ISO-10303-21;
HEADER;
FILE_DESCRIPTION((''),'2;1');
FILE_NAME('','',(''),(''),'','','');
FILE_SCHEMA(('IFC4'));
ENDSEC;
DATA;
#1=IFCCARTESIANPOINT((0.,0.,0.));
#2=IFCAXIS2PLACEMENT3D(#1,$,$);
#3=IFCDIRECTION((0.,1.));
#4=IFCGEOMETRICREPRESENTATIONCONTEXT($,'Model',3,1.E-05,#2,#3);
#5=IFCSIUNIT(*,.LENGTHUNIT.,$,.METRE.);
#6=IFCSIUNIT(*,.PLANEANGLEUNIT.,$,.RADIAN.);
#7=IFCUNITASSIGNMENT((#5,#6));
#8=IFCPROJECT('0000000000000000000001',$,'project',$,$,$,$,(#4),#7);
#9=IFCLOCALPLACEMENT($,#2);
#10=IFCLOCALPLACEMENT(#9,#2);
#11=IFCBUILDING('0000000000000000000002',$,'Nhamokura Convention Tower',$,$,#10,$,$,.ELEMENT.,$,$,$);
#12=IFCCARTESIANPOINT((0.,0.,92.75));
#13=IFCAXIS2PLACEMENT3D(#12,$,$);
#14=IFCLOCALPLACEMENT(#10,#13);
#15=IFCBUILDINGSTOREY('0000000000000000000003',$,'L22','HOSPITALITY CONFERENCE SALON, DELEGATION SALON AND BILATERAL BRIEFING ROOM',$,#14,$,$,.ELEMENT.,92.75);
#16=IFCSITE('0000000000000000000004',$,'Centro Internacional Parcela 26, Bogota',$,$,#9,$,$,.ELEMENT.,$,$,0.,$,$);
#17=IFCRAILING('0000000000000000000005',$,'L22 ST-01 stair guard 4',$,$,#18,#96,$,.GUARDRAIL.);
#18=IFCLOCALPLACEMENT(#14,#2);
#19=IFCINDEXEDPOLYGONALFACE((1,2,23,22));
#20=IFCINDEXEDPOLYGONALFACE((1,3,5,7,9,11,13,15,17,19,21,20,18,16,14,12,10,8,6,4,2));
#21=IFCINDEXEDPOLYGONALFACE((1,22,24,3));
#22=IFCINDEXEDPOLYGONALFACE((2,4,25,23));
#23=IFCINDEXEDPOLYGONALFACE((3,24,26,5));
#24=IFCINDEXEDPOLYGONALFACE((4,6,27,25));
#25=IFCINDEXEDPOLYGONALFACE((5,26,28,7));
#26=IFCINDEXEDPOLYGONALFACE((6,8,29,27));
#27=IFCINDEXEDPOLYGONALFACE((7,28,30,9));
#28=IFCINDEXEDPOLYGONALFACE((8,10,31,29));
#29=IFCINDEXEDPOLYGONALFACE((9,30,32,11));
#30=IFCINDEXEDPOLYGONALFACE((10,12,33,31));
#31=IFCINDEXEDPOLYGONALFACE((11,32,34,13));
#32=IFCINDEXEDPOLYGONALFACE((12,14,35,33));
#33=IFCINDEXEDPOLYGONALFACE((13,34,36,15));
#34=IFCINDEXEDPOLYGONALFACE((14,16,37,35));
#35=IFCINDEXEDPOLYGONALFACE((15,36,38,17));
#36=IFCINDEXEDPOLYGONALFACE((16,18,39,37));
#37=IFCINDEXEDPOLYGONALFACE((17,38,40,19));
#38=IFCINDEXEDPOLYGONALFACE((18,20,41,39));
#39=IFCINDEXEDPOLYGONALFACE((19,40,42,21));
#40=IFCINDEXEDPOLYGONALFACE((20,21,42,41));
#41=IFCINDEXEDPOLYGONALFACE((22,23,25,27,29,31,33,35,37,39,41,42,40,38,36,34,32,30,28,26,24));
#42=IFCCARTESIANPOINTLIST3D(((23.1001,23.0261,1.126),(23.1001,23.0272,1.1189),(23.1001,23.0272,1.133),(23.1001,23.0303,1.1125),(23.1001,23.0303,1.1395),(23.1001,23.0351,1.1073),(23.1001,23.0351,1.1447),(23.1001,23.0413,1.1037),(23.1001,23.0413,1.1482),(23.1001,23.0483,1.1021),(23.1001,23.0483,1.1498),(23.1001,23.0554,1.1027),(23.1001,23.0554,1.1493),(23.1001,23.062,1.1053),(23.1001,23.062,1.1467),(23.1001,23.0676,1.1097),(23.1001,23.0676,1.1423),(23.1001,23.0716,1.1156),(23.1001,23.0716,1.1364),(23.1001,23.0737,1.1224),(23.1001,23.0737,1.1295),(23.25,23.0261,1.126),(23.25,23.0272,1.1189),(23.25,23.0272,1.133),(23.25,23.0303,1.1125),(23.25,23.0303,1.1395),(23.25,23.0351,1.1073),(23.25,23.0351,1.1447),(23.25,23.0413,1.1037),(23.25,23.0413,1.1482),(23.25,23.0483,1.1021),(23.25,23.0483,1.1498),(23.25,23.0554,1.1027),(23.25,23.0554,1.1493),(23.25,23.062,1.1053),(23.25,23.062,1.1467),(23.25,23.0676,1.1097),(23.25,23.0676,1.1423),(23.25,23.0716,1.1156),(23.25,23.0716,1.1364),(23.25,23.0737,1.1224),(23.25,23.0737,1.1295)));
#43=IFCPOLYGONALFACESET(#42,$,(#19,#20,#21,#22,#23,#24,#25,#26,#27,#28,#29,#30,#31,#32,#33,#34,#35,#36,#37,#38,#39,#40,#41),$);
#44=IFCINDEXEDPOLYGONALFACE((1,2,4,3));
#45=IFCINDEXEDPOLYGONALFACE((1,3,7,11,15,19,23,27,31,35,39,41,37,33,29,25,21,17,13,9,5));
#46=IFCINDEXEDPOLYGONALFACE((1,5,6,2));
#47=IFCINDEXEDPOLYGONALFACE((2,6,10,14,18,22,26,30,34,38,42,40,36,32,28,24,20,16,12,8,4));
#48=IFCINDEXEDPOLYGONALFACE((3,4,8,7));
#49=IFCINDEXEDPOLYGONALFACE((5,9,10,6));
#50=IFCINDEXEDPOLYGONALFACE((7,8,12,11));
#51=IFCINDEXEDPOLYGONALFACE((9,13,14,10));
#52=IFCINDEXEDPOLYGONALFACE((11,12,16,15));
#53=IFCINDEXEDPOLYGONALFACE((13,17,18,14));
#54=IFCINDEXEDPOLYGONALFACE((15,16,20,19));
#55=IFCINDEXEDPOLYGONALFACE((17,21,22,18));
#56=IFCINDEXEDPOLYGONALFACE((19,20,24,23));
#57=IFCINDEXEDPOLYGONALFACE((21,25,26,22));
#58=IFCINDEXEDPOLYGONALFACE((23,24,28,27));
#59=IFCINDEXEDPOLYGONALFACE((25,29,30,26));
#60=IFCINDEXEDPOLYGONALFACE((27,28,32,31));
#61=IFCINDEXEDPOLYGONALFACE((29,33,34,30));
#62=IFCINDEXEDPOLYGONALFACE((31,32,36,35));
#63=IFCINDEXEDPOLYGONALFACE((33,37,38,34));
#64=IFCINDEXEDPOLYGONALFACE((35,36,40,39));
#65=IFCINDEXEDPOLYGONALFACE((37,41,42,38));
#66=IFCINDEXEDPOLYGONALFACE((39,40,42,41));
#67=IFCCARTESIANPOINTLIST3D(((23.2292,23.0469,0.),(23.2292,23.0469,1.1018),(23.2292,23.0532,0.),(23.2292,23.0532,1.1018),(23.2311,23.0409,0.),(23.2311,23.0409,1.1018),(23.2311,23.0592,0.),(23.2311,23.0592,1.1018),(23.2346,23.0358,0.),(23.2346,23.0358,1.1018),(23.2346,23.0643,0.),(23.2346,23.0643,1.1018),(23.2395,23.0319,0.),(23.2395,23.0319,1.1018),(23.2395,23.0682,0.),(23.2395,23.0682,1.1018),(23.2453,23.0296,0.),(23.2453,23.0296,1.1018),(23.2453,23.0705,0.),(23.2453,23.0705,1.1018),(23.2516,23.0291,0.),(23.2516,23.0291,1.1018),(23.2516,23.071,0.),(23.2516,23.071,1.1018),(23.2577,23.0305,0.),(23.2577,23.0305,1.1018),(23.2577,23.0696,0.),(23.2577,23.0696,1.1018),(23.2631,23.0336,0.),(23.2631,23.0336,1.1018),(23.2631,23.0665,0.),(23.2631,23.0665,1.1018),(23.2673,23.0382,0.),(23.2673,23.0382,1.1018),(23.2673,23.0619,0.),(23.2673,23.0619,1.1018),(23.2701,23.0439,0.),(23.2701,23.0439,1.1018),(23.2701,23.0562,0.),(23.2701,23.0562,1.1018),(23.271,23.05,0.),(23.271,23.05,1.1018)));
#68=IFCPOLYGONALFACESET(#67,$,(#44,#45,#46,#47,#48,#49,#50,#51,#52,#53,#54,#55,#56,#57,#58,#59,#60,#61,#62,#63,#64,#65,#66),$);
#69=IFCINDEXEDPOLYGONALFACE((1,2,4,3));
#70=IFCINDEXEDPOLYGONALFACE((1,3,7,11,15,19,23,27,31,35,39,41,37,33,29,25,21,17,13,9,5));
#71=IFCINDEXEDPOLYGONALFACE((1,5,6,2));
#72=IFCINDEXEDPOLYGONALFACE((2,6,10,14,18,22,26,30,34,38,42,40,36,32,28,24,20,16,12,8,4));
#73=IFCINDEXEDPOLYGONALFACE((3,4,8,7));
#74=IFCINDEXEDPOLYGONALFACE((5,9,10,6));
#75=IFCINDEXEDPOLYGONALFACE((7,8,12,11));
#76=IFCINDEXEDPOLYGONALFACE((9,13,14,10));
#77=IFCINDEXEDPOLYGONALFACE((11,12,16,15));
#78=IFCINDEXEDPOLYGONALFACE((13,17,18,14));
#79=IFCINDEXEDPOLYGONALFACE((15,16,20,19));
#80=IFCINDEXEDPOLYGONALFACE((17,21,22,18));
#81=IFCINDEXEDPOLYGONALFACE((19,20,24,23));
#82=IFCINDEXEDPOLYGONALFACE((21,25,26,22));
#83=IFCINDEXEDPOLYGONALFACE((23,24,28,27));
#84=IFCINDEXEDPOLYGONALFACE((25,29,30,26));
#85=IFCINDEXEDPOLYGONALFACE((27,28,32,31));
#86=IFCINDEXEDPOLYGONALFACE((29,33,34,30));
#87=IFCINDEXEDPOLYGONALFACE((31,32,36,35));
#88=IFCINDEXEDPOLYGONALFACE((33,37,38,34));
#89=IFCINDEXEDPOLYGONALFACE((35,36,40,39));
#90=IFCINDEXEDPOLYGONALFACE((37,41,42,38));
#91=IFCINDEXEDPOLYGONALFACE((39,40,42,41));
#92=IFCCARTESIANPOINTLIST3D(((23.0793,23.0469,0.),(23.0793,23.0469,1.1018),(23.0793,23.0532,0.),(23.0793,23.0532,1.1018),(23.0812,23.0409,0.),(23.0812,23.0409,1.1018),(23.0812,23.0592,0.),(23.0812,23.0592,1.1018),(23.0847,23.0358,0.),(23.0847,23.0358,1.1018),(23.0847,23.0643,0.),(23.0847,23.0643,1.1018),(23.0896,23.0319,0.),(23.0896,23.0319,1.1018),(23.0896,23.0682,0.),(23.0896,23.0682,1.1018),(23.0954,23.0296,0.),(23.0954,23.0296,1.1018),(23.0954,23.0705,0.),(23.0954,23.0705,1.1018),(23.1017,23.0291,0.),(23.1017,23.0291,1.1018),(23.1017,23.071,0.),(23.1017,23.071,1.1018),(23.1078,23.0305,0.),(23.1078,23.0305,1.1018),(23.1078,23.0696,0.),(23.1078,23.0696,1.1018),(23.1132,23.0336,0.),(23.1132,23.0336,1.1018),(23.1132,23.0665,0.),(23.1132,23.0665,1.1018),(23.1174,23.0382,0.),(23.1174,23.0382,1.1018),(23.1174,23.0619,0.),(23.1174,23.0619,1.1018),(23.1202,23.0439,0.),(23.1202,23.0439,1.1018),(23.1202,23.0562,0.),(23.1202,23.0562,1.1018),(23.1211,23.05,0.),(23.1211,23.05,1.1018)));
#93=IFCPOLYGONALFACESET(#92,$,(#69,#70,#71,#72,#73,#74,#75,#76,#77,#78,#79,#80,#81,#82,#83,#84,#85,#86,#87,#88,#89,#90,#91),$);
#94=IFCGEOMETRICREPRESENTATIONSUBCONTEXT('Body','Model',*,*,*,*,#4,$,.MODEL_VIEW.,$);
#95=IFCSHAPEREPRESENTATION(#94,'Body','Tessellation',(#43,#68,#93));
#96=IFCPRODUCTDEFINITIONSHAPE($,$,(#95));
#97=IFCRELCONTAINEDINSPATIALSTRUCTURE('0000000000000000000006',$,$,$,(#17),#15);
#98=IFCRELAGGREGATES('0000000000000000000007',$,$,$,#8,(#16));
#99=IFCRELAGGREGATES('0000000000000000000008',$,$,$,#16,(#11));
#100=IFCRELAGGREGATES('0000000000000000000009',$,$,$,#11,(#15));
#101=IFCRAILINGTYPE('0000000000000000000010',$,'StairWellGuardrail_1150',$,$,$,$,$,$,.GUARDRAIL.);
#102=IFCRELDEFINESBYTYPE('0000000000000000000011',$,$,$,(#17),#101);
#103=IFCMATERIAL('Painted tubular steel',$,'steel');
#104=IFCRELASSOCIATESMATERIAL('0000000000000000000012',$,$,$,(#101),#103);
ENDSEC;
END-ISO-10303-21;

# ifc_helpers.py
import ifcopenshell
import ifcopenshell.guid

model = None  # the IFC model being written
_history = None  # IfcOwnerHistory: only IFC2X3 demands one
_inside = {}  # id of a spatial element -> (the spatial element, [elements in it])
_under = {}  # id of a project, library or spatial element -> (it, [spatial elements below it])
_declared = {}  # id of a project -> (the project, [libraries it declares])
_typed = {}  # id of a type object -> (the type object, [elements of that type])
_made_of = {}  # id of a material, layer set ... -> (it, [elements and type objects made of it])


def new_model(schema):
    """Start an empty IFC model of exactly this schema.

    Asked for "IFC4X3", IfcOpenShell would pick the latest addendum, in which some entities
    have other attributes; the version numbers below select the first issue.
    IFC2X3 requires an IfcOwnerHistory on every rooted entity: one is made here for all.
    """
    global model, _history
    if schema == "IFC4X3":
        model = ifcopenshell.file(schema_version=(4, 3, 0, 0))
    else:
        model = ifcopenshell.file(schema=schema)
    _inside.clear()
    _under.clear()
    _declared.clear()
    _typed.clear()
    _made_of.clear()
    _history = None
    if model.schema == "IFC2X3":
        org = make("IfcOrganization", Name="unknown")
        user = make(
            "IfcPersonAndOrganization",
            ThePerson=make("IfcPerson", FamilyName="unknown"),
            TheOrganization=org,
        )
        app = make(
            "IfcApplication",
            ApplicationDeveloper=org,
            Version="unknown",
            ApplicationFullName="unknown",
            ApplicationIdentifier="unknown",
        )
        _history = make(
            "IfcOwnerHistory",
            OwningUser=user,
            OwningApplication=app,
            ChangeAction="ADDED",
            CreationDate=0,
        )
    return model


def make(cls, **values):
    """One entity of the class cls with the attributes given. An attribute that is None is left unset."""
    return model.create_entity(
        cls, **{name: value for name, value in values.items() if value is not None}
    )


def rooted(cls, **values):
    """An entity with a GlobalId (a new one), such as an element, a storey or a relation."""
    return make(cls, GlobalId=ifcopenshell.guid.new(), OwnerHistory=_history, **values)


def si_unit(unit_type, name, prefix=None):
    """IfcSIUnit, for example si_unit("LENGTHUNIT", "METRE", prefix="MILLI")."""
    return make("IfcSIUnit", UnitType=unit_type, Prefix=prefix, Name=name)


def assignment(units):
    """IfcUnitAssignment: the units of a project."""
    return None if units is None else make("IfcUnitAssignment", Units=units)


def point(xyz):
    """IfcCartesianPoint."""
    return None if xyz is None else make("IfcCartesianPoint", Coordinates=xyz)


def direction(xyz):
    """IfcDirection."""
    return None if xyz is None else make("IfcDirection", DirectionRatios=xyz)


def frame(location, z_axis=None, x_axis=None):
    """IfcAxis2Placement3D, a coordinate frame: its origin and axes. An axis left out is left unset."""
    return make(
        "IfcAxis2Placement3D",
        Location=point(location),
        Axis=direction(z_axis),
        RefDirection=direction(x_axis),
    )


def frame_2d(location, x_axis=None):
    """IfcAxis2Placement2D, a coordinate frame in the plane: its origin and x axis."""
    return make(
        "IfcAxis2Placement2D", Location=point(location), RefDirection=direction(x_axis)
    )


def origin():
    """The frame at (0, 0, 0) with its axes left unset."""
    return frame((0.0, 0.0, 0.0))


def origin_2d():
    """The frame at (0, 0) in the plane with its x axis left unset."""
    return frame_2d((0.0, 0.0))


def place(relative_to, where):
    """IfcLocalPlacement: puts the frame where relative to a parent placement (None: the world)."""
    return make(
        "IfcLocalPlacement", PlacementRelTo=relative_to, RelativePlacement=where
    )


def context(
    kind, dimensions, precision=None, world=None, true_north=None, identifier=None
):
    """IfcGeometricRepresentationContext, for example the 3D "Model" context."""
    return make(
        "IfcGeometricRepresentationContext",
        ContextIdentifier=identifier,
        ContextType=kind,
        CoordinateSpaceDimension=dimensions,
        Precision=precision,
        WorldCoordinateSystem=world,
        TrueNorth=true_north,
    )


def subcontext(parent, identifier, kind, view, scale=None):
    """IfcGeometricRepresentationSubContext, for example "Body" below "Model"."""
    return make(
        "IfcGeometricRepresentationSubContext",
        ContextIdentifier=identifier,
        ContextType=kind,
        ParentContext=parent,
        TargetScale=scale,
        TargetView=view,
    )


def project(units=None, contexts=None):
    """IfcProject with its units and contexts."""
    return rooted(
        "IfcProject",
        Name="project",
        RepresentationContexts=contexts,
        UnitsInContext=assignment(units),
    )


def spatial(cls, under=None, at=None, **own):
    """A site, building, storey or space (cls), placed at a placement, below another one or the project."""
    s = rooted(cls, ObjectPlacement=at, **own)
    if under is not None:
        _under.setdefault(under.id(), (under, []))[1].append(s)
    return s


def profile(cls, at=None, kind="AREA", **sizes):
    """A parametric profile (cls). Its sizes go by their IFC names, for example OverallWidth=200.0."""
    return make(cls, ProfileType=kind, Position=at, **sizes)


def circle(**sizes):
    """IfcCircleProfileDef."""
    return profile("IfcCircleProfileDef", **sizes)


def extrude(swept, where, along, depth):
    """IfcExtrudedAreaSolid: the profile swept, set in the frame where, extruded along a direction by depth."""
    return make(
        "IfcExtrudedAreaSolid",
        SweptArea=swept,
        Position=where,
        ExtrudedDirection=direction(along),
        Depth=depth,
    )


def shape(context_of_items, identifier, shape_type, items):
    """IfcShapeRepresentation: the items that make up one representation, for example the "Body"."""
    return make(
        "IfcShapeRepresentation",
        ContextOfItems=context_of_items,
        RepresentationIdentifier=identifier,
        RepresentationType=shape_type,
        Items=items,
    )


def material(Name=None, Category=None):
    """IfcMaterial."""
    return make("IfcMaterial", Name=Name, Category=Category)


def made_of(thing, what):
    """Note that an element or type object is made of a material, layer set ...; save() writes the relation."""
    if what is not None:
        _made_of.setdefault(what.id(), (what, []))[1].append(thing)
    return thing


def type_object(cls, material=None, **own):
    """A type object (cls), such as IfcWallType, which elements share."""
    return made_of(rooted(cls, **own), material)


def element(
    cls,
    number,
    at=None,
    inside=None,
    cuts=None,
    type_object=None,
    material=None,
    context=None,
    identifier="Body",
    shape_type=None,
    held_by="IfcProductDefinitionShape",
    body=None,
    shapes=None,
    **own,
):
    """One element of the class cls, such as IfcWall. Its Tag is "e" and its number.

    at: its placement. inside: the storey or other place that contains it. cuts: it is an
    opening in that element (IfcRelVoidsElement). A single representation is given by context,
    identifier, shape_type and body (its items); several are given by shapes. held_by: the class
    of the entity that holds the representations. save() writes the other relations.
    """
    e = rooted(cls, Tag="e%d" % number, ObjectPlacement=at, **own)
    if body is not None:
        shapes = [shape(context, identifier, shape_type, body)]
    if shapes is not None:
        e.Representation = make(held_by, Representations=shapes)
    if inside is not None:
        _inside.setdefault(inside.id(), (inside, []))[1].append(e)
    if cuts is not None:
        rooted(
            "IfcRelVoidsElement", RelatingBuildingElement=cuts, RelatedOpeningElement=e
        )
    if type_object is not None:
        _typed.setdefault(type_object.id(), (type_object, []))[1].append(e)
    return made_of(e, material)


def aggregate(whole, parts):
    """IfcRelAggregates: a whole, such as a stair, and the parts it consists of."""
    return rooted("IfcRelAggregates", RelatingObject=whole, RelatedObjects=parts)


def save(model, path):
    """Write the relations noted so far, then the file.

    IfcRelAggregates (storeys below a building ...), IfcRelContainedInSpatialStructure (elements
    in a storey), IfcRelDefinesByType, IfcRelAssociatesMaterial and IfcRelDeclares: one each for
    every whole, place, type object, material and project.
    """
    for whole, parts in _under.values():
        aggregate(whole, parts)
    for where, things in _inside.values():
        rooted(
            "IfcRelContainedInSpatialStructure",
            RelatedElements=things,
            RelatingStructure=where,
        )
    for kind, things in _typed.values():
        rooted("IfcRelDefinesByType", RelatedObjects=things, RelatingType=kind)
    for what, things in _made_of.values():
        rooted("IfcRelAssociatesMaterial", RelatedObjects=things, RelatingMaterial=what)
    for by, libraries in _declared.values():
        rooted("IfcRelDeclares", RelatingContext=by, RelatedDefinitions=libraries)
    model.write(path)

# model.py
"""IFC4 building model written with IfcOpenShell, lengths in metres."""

from ifc_helpers import new_model, si_unit, direction, frame, origin, origin_2d, place, context, subcontext, project, spatial, circle, extrude, material, type_object, element, save


model = new_model("IFC4")

# Units and contexts
model_context = context("Model", 3, precision=1e-05, world=origin(), true_north=direction((0.0, 1.0)))
body_context = subcontext(model_context, "Body", "Model", "MODEL_VIEW")
ifc_project = project(units=[si_unit("LENGTHUNIT", "METRE"), si_unit("PLANEANGLEUNIT", "RADIAN")], contexts=[model_context])

# Site, building, storey
site_placement = place(None, origin())
site = spatial("IfcSite", under=ifc_project, at=site_placement, Name="Centro Internacional Parcela 26, Bogota", CompositionType="ELEMENT", RefElevation=0.0)
building_placement = place(site_placement, origin())
building = spatial("IfcBuilding", under=site, at=building_placement, Name="Nhamokura Convention Tower", CompositionType="ELEMENT")
storey_placement = place(building_placement, frame((0.0, 0.0, 92.75)))
storey = spatial("IfcBuildingStorey", under=building, at=storey_placement, Name="L22", Description="HOSPITALITY CONFERENCE SALON, DELEGATION SALON AND BILATERAL BRIEFING ROOM", CompositionType="ELEMENT", Elevation=92.75)

# Railing
ifc_material_1 = material(Name="Painted tubular steel", Category="steel")
railing_type_1 = type_object("IfcRailingType", Name="StairWellGuardrail_1150", PredefinedType="GUARDRAIL", material=ifc_material_1)
railing_1_placement = place(storey_placement, frame((23.25, 23.05, 0.0)))
element("IfcRailing", 1, at=railing_1_placement, inside=storey, type_object=railing_type_1, Name="L22 ST-01 stair guard 4", PredefinedType="GUARDRAIL", context=body_context, shape_type="SweptSolid", body=[
    extrude(circle(Radius=0.0239, at=origin_2d()), frame((0.0, 0.0, 1.126), z_axis=(-1.0, 0.0, 0.0), x_axis=(0.0, -1.0, 0.0)), (0.0, 0.0, 1.0), 0.1499),
    extrude(circle(Radius=0.021, at=origin_2d()), origin(), (0.0, 0.0, 1.0), 1.1018),
    extrude(circle(Radius=0.021, at=origin_2d()), frame((-0.1499, 0.0, 0.0)), (0.0, 0.0, 1.0), 1.1018),
])

save(model, "model.ifc")
